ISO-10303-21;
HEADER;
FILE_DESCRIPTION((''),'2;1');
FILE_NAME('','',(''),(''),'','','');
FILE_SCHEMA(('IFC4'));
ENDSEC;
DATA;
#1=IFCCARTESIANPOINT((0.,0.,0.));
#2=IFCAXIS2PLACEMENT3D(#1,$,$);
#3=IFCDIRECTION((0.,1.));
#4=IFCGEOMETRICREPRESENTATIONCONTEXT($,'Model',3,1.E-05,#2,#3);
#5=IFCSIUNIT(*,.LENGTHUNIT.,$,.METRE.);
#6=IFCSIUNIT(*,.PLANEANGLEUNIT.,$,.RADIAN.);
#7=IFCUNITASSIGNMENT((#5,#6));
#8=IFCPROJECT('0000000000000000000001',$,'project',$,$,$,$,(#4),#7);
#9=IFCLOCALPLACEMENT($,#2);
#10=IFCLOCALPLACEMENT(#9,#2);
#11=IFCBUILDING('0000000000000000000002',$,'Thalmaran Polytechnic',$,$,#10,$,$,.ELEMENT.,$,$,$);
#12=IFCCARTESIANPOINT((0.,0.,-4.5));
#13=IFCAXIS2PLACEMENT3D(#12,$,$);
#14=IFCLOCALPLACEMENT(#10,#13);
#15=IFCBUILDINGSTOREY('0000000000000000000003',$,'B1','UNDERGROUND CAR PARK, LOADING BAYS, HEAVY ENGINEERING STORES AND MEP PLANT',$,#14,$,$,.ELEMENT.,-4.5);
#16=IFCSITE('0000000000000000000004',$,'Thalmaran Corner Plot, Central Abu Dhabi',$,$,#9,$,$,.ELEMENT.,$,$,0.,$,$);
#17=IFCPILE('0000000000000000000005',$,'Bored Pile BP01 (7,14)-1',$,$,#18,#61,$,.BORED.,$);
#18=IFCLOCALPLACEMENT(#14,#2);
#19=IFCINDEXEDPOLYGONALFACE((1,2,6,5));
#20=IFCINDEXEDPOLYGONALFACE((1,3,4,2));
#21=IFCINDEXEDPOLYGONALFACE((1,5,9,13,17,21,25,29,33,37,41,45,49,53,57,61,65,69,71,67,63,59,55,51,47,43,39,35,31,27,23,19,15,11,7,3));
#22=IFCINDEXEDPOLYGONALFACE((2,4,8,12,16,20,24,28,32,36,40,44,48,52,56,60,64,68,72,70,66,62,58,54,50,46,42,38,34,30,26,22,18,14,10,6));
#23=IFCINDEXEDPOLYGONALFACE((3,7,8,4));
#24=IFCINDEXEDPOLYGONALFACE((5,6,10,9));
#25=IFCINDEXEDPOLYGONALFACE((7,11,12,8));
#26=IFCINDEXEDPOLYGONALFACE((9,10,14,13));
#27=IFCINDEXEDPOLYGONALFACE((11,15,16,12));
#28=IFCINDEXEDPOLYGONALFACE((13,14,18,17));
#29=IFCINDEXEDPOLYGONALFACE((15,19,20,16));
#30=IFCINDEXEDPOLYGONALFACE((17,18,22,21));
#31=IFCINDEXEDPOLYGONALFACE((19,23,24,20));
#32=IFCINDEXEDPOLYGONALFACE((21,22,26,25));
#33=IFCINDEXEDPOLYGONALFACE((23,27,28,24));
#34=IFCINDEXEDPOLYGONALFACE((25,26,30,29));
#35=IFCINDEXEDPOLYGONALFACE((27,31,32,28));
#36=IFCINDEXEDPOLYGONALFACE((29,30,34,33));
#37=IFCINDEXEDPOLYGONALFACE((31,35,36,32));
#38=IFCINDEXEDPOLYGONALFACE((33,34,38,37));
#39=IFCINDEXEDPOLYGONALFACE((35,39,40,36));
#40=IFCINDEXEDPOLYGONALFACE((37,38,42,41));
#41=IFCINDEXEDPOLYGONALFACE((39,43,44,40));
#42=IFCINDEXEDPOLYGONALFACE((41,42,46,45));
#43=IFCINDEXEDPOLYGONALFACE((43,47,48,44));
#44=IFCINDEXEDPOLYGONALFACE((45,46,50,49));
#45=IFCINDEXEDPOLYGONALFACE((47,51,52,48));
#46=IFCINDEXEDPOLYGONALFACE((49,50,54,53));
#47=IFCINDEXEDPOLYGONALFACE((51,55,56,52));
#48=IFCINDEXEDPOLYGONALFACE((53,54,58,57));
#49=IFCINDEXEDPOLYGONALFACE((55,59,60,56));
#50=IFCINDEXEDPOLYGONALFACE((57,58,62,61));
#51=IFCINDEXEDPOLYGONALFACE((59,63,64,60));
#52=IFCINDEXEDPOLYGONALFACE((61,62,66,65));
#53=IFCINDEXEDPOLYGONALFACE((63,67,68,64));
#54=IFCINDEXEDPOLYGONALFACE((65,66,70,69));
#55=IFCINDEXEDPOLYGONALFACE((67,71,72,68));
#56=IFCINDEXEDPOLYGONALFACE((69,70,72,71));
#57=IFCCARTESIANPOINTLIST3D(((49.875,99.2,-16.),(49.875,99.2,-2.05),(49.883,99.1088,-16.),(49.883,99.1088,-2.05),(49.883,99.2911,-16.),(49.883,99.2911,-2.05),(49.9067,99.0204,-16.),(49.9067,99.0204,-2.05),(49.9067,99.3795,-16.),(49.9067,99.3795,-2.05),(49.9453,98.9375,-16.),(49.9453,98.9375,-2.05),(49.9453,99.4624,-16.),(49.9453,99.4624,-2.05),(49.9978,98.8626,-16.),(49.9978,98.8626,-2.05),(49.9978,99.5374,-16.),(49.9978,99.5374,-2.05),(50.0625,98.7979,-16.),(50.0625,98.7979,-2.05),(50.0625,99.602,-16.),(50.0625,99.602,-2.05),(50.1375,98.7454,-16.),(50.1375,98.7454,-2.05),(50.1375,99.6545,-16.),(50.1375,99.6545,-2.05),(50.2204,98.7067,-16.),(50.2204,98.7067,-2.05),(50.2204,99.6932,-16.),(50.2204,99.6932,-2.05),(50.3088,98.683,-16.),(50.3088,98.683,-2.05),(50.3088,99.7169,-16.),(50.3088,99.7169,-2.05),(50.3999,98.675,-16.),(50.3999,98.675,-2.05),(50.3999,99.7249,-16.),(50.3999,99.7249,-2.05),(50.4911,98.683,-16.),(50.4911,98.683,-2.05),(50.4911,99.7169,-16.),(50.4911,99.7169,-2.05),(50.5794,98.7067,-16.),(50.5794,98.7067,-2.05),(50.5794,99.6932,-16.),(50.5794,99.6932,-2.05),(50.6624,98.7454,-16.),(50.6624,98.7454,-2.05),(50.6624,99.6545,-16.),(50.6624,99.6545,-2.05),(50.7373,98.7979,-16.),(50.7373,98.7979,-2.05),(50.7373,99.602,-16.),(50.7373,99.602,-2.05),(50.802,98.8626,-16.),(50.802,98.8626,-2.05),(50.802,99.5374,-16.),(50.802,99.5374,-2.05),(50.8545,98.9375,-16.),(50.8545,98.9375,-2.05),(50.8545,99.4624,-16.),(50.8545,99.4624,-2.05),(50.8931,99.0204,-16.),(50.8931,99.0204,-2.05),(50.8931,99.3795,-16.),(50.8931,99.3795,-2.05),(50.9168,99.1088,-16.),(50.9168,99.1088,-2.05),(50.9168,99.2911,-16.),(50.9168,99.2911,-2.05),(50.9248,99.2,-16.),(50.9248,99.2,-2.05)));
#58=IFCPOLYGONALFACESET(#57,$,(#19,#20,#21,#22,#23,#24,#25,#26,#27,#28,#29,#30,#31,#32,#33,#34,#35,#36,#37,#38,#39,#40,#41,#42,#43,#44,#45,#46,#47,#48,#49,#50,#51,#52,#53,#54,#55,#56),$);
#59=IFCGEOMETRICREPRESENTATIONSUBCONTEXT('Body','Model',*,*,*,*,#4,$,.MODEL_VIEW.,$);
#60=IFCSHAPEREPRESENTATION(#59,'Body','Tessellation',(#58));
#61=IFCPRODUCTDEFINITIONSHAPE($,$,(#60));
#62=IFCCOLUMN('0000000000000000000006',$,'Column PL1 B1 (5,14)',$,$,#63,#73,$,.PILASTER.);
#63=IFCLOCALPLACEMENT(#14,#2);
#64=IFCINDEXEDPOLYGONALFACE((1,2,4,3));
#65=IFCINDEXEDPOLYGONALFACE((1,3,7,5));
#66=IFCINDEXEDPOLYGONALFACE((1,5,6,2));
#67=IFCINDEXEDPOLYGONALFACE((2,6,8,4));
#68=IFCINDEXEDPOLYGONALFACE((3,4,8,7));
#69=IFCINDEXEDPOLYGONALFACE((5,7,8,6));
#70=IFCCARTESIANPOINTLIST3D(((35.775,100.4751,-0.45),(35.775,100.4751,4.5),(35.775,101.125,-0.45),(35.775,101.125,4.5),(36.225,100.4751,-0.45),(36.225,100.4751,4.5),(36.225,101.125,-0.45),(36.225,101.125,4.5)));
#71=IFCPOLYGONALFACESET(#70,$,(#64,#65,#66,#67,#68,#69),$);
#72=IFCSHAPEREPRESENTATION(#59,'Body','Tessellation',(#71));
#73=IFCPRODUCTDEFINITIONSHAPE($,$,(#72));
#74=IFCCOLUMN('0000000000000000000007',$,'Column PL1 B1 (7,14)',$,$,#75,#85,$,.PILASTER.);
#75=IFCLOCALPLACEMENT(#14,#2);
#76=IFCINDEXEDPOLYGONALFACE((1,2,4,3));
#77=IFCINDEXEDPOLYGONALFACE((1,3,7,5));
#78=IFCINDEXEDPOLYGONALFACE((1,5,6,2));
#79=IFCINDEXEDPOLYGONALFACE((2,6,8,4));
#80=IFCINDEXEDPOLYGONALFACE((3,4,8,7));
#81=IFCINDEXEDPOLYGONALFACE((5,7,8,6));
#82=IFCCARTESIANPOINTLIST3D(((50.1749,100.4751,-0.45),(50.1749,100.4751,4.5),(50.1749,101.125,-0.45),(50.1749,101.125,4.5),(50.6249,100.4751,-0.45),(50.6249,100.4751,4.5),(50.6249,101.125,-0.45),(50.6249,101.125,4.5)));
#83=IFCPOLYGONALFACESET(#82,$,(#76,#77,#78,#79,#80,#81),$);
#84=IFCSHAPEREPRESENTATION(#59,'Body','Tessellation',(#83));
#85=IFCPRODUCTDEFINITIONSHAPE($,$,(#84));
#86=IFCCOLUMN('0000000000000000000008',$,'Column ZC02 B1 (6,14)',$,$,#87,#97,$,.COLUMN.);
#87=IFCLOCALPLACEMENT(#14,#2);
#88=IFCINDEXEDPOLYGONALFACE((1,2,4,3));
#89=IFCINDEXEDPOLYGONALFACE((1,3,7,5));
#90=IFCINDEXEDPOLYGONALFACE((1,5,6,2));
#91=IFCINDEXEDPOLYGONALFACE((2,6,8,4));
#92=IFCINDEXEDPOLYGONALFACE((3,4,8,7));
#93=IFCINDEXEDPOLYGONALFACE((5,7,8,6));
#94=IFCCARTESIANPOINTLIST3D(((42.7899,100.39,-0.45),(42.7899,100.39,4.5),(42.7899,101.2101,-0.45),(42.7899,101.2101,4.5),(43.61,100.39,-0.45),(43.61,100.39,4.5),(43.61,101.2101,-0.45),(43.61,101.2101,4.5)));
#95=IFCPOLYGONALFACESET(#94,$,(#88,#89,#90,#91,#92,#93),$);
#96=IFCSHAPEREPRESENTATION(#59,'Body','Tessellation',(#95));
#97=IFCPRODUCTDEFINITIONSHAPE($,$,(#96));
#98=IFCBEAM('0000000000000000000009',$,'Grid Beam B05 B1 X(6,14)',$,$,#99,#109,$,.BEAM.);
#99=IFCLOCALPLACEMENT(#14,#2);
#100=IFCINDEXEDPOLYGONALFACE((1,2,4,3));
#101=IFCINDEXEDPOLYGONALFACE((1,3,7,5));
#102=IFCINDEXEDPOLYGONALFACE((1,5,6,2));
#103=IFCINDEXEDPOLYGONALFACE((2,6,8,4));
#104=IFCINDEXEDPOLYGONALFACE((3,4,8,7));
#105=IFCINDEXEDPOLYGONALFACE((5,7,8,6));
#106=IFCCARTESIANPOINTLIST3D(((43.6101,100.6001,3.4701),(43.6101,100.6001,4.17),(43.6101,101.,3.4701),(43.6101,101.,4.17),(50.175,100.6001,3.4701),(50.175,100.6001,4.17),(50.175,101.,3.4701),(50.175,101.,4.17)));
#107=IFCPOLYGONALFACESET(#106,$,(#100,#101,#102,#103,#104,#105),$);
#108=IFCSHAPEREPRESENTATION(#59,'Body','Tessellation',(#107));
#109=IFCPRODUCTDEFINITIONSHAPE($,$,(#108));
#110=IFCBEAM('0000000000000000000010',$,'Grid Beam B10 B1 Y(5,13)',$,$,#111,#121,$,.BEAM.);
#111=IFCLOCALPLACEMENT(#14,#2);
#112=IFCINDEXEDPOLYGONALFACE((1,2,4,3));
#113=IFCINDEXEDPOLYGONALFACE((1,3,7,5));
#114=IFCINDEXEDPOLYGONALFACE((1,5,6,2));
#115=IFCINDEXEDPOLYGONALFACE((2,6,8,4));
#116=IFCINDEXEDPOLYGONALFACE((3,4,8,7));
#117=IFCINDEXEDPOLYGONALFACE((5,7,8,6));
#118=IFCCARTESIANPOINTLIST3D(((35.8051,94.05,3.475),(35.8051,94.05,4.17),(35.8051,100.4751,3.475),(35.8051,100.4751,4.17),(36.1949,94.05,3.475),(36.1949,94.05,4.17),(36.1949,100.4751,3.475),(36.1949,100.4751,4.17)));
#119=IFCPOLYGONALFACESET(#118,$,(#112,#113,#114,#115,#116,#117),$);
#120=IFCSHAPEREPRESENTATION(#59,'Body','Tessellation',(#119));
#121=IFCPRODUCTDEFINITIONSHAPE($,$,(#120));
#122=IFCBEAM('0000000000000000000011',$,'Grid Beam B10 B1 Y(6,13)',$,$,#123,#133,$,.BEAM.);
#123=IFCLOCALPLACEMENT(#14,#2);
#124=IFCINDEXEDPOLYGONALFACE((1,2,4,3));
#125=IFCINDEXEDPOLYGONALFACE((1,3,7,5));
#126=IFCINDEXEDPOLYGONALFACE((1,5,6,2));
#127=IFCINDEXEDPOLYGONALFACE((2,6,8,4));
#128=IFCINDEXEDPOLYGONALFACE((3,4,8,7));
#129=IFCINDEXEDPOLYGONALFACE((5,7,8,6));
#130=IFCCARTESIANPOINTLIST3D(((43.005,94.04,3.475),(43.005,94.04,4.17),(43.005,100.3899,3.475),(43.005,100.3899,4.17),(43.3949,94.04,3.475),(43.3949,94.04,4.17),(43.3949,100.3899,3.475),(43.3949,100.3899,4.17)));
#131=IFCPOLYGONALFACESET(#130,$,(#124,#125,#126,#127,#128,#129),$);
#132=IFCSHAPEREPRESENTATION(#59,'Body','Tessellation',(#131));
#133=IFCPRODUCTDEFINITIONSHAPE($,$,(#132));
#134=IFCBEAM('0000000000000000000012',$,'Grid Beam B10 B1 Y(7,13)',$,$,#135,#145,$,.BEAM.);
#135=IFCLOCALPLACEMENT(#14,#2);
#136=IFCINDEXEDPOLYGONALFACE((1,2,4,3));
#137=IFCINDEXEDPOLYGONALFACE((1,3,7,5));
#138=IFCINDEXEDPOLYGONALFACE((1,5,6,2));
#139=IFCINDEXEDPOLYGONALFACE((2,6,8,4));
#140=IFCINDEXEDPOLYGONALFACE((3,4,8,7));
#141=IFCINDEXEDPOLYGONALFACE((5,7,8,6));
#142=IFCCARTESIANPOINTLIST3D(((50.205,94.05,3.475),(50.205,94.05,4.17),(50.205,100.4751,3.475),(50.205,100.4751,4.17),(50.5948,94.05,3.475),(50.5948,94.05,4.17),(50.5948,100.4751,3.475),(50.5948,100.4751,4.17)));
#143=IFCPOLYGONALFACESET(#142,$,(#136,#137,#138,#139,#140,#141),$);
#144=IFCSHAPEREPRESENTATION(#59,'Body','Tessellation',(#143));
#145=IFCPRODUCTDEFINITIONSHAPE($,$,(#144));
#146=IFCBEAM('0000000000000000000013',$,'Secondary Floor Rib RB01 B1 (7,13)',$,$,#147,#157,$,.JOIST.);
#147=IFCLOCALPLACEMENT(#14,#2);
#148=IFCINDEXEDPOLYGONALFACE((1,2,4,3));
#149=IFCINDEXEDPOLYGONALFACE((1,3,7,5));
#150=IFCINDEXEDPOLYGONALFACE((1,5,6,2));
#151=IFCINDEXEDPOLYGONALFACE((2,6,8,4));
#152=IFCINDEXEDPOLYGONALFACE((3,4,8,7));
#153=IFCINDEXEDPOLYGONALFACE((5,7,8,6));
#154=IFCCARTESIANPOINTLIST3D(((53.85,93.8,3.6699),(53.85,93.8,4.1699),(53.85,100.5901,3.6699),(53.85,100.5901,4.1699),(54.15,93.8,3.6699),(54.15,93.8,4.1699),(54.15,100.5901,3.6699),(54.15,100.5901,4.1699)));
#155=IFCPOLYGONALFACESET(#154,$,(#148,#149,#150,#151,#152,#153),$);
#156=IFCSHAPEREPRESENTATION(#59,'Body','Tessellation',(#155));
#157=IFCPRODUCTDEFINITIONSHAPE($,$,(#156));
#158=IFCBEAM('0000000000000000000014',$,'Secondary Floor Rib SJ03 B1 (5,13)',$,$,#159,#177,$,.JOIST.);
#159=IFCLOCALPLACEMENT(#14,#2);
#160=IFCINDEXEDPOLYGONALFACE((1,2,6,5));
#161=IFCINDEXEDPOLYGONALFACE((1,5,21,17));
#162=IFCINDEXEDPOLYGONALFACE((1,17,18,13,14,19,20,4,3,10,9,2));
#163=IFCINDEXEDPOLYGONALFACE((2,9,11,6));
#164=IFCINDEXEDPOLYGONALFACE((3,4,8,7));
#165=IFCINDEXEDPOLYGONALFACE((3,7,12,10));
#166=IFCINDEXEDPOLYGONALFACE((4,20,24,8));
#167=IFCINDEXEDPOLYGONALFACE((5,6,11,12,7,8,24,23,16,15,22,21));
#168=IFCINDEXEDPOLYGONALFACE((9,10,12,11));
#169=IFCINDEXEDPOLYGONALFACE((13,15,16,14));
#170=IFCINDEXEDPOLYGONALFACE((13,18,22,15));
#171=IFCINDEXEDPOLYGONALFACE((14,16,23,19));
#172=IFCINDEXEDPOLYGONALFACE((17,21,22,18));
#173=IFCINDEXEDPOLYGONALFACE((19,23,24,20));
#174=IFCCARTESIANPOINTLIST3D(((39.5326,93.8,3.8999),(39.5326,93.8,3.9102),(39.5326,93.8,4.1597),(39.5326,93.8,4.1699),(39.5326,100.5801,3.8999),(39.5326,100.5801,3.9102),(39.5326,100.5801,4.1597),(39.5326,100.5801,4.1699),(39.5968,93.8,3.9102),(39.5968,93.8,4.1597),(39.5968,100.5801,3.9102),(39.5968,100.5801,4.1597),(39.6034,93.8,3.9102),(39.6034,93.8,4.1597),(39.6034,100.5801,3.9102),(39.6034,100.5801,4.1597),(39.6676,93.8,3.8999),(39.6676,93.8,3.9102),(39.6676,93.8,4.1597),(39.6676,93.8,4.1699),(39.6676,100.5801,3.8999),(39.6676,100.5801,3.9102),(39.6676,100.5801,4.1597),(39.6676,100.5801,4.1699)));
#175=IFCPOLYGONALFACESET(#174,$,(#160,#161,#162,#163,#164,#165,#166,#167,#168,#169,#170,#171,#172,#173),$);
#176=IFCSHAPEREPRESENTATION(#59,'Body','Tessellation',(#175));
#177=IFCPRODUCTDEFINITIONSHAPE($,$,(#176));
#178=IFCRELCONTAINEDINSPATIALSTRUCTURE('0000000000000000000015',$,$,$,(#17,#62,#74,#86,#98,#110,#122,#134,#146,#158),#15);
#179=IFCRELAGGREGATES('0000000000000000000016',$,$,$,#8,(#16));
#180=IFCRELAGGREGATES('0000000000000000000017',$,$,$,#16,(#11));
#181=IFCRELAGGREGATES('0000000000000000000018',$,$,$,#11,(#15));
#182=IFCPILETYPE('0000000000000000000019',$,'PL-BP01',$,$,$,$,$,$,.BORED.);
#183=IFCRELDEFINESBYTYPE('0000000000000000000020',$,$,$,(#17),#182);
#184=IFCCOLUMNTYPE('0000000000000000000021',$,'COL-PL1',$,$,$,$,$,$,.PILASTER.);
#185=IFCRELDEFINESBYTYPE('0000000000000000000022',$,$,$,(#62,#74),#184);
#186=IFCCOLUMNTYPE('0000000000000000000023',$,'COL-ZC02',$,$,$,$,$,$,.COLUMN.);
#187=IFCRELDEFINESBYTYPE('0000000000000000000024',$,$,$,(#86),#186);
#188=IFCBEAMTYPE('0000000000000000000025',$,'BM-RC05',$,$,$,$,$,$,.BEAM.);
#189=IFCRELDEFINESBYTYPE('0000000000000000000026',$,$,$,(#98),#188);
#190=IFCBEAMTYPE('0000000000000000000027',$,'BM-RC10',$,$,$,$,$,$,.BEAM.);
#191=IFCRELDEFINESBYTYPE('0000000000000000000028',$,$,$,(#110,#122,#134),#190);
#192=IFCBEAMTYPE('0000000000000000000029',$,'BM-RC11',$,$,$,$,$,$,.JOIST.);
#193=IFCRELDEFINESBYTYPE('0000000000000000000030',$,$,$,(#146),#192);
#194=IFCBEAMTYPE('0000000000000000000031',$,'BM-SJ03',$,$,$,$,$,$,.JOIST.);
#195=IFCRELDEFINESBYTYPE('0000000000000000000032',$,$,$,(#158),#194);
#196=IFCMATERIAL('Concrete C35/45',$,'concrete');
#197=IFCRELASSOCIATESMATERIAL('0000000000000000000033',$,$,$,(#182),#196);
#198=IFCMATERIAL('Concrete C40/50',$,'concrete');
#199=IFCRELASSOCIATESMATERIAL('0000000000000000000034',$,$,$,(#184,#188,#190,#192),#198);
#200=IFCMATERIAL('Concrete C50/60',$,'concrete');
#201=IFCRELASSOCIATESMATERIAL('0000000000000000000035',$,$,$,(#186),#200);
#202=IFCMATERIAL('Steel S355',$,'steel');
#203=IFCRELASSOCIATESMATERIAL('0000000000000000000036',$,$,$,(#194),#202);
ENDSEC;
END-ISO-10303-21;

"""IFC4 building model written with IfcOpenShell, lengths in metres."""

from ifc_helpers import new_model, si_unit, direction, frame, origin, origin_2d, place, context, subcontext, project, spatial, rectangle, circle, i_section, extrude, material, material_profile, profile_set, type_object, element, save


model = new_model("IFC4")

# Units and contexts
model_context = context("Model", 3, precision=1e-05, world=origin(), true_north=direction((0.0, 1.0)))
body_context = subcontext(model_context, "Body", "Model", "MODEL_VIEW")
ifc_project = project(units=[si_unit("LENGTHUNIT", "METRE"), si_unit("PLANEANGLEUNIT", "RADIAN")], contexts=[model_context])

# Site, building, storey
site_placement = place(None, origin())
site = spatial("IfcSite", under=ifc_project, at=site_placement, Name="Thalmaran Corner Plot, Central Abu Dhabi", CompositionType="ELEMENT", RefElevation=0.0)
building_placement = place(site_placement, origin())
building = spatial("IfcBuilding", under=site, at=building_placement, Name="Thalmaran Polytechnic", CompositionType="ELEMENT")
storey_placement = place(building_placement, frame((0.0, 0.0, -4.5)))
storey = spatial("IfcBuildingStorey", under=building, at=storey_placement, Name="B1", Description="UNDERGROUND CAR PARK, LOADING BAYS, HEAVY ENGINEERING STORES AND MEP PLANT", CompositionType="ELEMENT", Elevation=-4.5)

# Shared definitions
ifc_material_1 = material(Name="Concrete C40/50", Category="concrete")

# Pile
ifc_material_2 = material(Name="Concrete C35/45", Category="concrete")
ifc_material_profile_1 = material_profile(ifc_material_2, circle(Radius=0.5249, at=origin_2d()), Name="RC 1050 DIA")
ifc_profile_set_1 = profile_set([ifc_material_profile_1], Name="Concrete C35/45")
pile_type = type_object("IfcPileType", Name="PL-BP01", PredefinedType="BORED", material=ifc_profile_set_1)
for number, where, z_axis, x_axis, name in (
    (1, (50.3999, 99.2, -2.05), (0.0, 0.0, -1.0), (1.0, 0.0, 0.0), "Bored Pile BP01 (7,14)-1"),
):
    element("IfcPile", number, at=place(storey_placement, frame(where, z_axis=z_axis, x_axis=x_axis)), inside=storey, type_object=pile_type, Name=name, PredefinedType="BORED", context=body_context, shape_type="SweptSolid", body=[
        extrude(circle(Radius=0.5249, at=origin_2d()), origin(), (0.0, 0.0, 1.0), 13.95),
    ])

# Columns
ifc_material_profile_2 = material_profile(ifc_material_1, rectangle(XDim=0.45, YDim=0.6499, at=origin_2d()), Name="RC 450x650")
ifc_profile_set_2 = profile_set([ifc_material_profile_2], Name="Concrete C40/50")
column_type_1 = type_object("IfcColumnType", Name="COL-PL1", PredefinedType="PILASTER", material=ifc_profile_set_2)
for number, where, z_axis, x_axis, name in (
    (2, (36.0, 100.8, -0.45), (0.0, 0.0, 1.0), (1.0, 0.0, 0.0), "Column PL1 B1 (5,14)"),
    (3, (50.3999, 100.8, -0.45), (0.0, 0.0, 1.0), (1.0, 0.0, 0.0), "Column PL1 B1 (7,14)"),
):
    element("IfcColumn", number, at=place(storey_placement, frame(where, z_axis=z_axis, x_axis=x_axis)), inside=storey, type_object=column_type_1, Name=name, PredefinedType="PILASTER", context=body_context, shape_type="SweptSolid", body=[
        extrude(rectangle(XDim=0.45, YDim=0.6499, at=origin_2d()), origin(), (0.0, 0.0, 1.0), 4.95),
    ])
ifc_material_3 = material(Name="Concrete C50/60", Category="concrete")
ifc_material_profile_3 = material_profile(ifc_material_3, rectangle(XDim=0.8201, YDim=0.8201, at=origin_2d()), Name="RC 820x820")
ifc_profile_set_3 = profile_set([ifc_material_profile_3], Name="Concrete C50/60")
column_type_2 = type_object("IfcColumnType", Name="COL-ZC02", PredefinedType="COLUMN", material=ifc_profile_set_3)
column_placement = place(storey_placement, frame((43.2, 100.8, -0.45), z_axis=(0.0, 0.0, 1.0), x_axis=(1.0, 0.0, 0.0)))
element("IfcColumn", 4, at=column_placement, inside=storey, type_object=column_type_2, Name="Column ZC02 B1 (6,14)", PredefinedType="COLUMN", context=body_context, shape_type="SweptSolid", body=[
    extrude(rectangle(XDim=0.8201, YDim=0.8201, at=origin_2d()), origin(), (0.0, 0.0, 1.0), 4.95),
])

# Beams
ifc_material_profile_4 = material_profile(ifc_material_1, rectangle(XDim=0.3999, YDim=0.7, at=origin_2d()), Name="RC 400x700")
ifc_profile_set_4 = profile_set([ifc_material_profile_4], Name="Concrete C40/50")
beam_type_1 = type_object("IfcBeamType", Name="BM-RC05", PredefinedType="BEAM", material=ifc_profile_set_4)
beam_1_placement = place(storey_placement, frame((43.6101, 100.8, 3.8201), z_axis=(1.0, 0.0, 0.0), x_axis=(0.0, 1.0, 0.0)))
element("IfcBeam", 5, at=beam_1_placement, inside=storey, type_object=beam_type_1, Name="Grid Beam B05 B1 X(6,14)", PredefinedType="BEAM", context=body_context, shape_type="SweptSolid", body=[
    extrude(rectangle(XDim=0.3999, YDim=0.7, at=origin_2d()), origin(), (0.0, 0.0, 1.0), 6.5649),
])
ifc_material_profile_5 = material_profile(ifc_material_1, rectangle(XDim=0.3899, YDim=0.6951, at=origin_2d()), Name="RC 390x695")
ifc_profile_set_5 = profile_set([ifc_material_profile_5], Name="Concrete C40/50")
beam_type_2 = type_object("IfcBeamType", Name="BM-RC10", PredefinedType="BEAM", material=ifc_profile_set_5)
beam_2_placement = place(storey_placement, frame((36.0, 94.05, 3.8225), z_axis=(0.0, 1.0, 0.0), x_axis=(-1.0, 0.0, 0.0)))
element("IfcBeam", 6, at=beam_2_placement, inside=storey, type_object=beam_type_2, Name="Grid Beam B10 B1 Y(5,13)", PredefinedType="BEAM", context=body_context, shape_type="SweptSolid", body=[
    extrude(rectangle(XDim=0.3899, YDim=0.6951, at=origin_2d()), origin(), (0.0, 0.0, 1.0), 6.425),
])
beam_3_placement = place(storey_placement, frame((43.2, 94.04, 3.8225), z_axis=(0.0, 1.0, 0.0), x_axis=(-1.0, 0.0, 0.0)))
element("IfcBeam", 7, at=beam_3_placement, inside=storey, type_object=beam_type_2, Name="Grid Beam B10 B1 Y(6,13)", PredefinedType="BEAM", context=body_context, shape_type="SweptSolid", body=[
    extrude(rectangle(XDim=0.3899, YDim=0.6951, at=origin_2d()), origin(), (0.0, 0.0, 1.0), 6.3499),
])
beam_4_placement = place(storey_placement, frame((50.3999, 94.05, 3.8225), z_axis=(0.0, 1.0, 0.0), x_axis=(-1.0, 0.0, 0.0)))
element("IfcBeam", 8, at=beam_4_placement, inside=storey, type_object=beam_type_2, Name="Grid Beam B10 B1 Y(7,13)", PredefinedType="BEAM", context=body_context, shape_type="SweptSolid", body=[
    extrude(rectangle(XDim=0.3899, YDim=0.6951, at=origin_2d()), origin(), (0.0, 0.0, 1.0), 6.425),
])
ifc_material_profile_6 = material_profile(ifc_material_1, rectangle(XDim=0.3, YDim=0.5, at=origin_2d()), Name="RC 300x500")
ifc_profile_set_6 = profile_set([ifc_material_profile_6], Name="Concrete C40/50")
beam_type_3 = type_object("IfcBeamType", Name="BM-RC11", PredefinedType="JOIST", material=ifc_profile_set_6)
beam_5_placement = place(storey_placement, frame((54.0, 93.8, 3.9199), z_axis=(0.0, 1.0, 0.0), x_axis=(-1.0, 0.0, 0.0)))
element("IfcBeam", 9, at=beam_5_placement, inside=storey, type_object=beam_type_3, Name="Secondary Floor Rib RB01 B1 (7,13)", PredefinedType="JOIST", context=body_context, shape_type="SweptSolid", body=[
    extrude(rectangle(XDim=0.3, YDim=0.5, at=origin_2d()), origin(), (0.0, 0.0, 1.0), 6.79),
])
ifc_material_4 = material(Name="Steel S355", Category="steel")
ifc_material_profile_7 = material_profile(ifc_material_4, i_section(OverallWidth=0.135, OverallDepth=0.27, WebThickness=0.0066, FlangeThickness=0.0103, at=origin_2d()), Name="IPE 270")
ifc_profile_set_7 = profile_set([ifc_material_profile_7], Name="Steel S355")
beam_type_4 = type_object("IfcBeamType", Name="BM-SJ03", PredefinedType="JOIST", material=ifc_profile_set_7)
beam_6_placement = place(storey_placement, frame((39.6001, 93.8, 4.0349), z_axis=(0.0, 1.0, 0.0), x_axis=(-1.0, 0.0, 0.0)))
element("IfcBeam", 10, at=beam_6_placement, inside=storey, type_object=beam_type_4, Name="Secondary Floor Rib SJ03 B1 (5,13)", PredefinedType="JOIST", context=body_context, shape_type="SweptSolid", body=[
    extrude(i_section(OverallWidth=0.135, OverallDepth=0.27, WebThickness=0.0066, FlangeThickness=0.0103, at=origin_2d()), origin(), (0.0, 0.0, 1.0), 6.78),
])

save(model, "model.ifc")
